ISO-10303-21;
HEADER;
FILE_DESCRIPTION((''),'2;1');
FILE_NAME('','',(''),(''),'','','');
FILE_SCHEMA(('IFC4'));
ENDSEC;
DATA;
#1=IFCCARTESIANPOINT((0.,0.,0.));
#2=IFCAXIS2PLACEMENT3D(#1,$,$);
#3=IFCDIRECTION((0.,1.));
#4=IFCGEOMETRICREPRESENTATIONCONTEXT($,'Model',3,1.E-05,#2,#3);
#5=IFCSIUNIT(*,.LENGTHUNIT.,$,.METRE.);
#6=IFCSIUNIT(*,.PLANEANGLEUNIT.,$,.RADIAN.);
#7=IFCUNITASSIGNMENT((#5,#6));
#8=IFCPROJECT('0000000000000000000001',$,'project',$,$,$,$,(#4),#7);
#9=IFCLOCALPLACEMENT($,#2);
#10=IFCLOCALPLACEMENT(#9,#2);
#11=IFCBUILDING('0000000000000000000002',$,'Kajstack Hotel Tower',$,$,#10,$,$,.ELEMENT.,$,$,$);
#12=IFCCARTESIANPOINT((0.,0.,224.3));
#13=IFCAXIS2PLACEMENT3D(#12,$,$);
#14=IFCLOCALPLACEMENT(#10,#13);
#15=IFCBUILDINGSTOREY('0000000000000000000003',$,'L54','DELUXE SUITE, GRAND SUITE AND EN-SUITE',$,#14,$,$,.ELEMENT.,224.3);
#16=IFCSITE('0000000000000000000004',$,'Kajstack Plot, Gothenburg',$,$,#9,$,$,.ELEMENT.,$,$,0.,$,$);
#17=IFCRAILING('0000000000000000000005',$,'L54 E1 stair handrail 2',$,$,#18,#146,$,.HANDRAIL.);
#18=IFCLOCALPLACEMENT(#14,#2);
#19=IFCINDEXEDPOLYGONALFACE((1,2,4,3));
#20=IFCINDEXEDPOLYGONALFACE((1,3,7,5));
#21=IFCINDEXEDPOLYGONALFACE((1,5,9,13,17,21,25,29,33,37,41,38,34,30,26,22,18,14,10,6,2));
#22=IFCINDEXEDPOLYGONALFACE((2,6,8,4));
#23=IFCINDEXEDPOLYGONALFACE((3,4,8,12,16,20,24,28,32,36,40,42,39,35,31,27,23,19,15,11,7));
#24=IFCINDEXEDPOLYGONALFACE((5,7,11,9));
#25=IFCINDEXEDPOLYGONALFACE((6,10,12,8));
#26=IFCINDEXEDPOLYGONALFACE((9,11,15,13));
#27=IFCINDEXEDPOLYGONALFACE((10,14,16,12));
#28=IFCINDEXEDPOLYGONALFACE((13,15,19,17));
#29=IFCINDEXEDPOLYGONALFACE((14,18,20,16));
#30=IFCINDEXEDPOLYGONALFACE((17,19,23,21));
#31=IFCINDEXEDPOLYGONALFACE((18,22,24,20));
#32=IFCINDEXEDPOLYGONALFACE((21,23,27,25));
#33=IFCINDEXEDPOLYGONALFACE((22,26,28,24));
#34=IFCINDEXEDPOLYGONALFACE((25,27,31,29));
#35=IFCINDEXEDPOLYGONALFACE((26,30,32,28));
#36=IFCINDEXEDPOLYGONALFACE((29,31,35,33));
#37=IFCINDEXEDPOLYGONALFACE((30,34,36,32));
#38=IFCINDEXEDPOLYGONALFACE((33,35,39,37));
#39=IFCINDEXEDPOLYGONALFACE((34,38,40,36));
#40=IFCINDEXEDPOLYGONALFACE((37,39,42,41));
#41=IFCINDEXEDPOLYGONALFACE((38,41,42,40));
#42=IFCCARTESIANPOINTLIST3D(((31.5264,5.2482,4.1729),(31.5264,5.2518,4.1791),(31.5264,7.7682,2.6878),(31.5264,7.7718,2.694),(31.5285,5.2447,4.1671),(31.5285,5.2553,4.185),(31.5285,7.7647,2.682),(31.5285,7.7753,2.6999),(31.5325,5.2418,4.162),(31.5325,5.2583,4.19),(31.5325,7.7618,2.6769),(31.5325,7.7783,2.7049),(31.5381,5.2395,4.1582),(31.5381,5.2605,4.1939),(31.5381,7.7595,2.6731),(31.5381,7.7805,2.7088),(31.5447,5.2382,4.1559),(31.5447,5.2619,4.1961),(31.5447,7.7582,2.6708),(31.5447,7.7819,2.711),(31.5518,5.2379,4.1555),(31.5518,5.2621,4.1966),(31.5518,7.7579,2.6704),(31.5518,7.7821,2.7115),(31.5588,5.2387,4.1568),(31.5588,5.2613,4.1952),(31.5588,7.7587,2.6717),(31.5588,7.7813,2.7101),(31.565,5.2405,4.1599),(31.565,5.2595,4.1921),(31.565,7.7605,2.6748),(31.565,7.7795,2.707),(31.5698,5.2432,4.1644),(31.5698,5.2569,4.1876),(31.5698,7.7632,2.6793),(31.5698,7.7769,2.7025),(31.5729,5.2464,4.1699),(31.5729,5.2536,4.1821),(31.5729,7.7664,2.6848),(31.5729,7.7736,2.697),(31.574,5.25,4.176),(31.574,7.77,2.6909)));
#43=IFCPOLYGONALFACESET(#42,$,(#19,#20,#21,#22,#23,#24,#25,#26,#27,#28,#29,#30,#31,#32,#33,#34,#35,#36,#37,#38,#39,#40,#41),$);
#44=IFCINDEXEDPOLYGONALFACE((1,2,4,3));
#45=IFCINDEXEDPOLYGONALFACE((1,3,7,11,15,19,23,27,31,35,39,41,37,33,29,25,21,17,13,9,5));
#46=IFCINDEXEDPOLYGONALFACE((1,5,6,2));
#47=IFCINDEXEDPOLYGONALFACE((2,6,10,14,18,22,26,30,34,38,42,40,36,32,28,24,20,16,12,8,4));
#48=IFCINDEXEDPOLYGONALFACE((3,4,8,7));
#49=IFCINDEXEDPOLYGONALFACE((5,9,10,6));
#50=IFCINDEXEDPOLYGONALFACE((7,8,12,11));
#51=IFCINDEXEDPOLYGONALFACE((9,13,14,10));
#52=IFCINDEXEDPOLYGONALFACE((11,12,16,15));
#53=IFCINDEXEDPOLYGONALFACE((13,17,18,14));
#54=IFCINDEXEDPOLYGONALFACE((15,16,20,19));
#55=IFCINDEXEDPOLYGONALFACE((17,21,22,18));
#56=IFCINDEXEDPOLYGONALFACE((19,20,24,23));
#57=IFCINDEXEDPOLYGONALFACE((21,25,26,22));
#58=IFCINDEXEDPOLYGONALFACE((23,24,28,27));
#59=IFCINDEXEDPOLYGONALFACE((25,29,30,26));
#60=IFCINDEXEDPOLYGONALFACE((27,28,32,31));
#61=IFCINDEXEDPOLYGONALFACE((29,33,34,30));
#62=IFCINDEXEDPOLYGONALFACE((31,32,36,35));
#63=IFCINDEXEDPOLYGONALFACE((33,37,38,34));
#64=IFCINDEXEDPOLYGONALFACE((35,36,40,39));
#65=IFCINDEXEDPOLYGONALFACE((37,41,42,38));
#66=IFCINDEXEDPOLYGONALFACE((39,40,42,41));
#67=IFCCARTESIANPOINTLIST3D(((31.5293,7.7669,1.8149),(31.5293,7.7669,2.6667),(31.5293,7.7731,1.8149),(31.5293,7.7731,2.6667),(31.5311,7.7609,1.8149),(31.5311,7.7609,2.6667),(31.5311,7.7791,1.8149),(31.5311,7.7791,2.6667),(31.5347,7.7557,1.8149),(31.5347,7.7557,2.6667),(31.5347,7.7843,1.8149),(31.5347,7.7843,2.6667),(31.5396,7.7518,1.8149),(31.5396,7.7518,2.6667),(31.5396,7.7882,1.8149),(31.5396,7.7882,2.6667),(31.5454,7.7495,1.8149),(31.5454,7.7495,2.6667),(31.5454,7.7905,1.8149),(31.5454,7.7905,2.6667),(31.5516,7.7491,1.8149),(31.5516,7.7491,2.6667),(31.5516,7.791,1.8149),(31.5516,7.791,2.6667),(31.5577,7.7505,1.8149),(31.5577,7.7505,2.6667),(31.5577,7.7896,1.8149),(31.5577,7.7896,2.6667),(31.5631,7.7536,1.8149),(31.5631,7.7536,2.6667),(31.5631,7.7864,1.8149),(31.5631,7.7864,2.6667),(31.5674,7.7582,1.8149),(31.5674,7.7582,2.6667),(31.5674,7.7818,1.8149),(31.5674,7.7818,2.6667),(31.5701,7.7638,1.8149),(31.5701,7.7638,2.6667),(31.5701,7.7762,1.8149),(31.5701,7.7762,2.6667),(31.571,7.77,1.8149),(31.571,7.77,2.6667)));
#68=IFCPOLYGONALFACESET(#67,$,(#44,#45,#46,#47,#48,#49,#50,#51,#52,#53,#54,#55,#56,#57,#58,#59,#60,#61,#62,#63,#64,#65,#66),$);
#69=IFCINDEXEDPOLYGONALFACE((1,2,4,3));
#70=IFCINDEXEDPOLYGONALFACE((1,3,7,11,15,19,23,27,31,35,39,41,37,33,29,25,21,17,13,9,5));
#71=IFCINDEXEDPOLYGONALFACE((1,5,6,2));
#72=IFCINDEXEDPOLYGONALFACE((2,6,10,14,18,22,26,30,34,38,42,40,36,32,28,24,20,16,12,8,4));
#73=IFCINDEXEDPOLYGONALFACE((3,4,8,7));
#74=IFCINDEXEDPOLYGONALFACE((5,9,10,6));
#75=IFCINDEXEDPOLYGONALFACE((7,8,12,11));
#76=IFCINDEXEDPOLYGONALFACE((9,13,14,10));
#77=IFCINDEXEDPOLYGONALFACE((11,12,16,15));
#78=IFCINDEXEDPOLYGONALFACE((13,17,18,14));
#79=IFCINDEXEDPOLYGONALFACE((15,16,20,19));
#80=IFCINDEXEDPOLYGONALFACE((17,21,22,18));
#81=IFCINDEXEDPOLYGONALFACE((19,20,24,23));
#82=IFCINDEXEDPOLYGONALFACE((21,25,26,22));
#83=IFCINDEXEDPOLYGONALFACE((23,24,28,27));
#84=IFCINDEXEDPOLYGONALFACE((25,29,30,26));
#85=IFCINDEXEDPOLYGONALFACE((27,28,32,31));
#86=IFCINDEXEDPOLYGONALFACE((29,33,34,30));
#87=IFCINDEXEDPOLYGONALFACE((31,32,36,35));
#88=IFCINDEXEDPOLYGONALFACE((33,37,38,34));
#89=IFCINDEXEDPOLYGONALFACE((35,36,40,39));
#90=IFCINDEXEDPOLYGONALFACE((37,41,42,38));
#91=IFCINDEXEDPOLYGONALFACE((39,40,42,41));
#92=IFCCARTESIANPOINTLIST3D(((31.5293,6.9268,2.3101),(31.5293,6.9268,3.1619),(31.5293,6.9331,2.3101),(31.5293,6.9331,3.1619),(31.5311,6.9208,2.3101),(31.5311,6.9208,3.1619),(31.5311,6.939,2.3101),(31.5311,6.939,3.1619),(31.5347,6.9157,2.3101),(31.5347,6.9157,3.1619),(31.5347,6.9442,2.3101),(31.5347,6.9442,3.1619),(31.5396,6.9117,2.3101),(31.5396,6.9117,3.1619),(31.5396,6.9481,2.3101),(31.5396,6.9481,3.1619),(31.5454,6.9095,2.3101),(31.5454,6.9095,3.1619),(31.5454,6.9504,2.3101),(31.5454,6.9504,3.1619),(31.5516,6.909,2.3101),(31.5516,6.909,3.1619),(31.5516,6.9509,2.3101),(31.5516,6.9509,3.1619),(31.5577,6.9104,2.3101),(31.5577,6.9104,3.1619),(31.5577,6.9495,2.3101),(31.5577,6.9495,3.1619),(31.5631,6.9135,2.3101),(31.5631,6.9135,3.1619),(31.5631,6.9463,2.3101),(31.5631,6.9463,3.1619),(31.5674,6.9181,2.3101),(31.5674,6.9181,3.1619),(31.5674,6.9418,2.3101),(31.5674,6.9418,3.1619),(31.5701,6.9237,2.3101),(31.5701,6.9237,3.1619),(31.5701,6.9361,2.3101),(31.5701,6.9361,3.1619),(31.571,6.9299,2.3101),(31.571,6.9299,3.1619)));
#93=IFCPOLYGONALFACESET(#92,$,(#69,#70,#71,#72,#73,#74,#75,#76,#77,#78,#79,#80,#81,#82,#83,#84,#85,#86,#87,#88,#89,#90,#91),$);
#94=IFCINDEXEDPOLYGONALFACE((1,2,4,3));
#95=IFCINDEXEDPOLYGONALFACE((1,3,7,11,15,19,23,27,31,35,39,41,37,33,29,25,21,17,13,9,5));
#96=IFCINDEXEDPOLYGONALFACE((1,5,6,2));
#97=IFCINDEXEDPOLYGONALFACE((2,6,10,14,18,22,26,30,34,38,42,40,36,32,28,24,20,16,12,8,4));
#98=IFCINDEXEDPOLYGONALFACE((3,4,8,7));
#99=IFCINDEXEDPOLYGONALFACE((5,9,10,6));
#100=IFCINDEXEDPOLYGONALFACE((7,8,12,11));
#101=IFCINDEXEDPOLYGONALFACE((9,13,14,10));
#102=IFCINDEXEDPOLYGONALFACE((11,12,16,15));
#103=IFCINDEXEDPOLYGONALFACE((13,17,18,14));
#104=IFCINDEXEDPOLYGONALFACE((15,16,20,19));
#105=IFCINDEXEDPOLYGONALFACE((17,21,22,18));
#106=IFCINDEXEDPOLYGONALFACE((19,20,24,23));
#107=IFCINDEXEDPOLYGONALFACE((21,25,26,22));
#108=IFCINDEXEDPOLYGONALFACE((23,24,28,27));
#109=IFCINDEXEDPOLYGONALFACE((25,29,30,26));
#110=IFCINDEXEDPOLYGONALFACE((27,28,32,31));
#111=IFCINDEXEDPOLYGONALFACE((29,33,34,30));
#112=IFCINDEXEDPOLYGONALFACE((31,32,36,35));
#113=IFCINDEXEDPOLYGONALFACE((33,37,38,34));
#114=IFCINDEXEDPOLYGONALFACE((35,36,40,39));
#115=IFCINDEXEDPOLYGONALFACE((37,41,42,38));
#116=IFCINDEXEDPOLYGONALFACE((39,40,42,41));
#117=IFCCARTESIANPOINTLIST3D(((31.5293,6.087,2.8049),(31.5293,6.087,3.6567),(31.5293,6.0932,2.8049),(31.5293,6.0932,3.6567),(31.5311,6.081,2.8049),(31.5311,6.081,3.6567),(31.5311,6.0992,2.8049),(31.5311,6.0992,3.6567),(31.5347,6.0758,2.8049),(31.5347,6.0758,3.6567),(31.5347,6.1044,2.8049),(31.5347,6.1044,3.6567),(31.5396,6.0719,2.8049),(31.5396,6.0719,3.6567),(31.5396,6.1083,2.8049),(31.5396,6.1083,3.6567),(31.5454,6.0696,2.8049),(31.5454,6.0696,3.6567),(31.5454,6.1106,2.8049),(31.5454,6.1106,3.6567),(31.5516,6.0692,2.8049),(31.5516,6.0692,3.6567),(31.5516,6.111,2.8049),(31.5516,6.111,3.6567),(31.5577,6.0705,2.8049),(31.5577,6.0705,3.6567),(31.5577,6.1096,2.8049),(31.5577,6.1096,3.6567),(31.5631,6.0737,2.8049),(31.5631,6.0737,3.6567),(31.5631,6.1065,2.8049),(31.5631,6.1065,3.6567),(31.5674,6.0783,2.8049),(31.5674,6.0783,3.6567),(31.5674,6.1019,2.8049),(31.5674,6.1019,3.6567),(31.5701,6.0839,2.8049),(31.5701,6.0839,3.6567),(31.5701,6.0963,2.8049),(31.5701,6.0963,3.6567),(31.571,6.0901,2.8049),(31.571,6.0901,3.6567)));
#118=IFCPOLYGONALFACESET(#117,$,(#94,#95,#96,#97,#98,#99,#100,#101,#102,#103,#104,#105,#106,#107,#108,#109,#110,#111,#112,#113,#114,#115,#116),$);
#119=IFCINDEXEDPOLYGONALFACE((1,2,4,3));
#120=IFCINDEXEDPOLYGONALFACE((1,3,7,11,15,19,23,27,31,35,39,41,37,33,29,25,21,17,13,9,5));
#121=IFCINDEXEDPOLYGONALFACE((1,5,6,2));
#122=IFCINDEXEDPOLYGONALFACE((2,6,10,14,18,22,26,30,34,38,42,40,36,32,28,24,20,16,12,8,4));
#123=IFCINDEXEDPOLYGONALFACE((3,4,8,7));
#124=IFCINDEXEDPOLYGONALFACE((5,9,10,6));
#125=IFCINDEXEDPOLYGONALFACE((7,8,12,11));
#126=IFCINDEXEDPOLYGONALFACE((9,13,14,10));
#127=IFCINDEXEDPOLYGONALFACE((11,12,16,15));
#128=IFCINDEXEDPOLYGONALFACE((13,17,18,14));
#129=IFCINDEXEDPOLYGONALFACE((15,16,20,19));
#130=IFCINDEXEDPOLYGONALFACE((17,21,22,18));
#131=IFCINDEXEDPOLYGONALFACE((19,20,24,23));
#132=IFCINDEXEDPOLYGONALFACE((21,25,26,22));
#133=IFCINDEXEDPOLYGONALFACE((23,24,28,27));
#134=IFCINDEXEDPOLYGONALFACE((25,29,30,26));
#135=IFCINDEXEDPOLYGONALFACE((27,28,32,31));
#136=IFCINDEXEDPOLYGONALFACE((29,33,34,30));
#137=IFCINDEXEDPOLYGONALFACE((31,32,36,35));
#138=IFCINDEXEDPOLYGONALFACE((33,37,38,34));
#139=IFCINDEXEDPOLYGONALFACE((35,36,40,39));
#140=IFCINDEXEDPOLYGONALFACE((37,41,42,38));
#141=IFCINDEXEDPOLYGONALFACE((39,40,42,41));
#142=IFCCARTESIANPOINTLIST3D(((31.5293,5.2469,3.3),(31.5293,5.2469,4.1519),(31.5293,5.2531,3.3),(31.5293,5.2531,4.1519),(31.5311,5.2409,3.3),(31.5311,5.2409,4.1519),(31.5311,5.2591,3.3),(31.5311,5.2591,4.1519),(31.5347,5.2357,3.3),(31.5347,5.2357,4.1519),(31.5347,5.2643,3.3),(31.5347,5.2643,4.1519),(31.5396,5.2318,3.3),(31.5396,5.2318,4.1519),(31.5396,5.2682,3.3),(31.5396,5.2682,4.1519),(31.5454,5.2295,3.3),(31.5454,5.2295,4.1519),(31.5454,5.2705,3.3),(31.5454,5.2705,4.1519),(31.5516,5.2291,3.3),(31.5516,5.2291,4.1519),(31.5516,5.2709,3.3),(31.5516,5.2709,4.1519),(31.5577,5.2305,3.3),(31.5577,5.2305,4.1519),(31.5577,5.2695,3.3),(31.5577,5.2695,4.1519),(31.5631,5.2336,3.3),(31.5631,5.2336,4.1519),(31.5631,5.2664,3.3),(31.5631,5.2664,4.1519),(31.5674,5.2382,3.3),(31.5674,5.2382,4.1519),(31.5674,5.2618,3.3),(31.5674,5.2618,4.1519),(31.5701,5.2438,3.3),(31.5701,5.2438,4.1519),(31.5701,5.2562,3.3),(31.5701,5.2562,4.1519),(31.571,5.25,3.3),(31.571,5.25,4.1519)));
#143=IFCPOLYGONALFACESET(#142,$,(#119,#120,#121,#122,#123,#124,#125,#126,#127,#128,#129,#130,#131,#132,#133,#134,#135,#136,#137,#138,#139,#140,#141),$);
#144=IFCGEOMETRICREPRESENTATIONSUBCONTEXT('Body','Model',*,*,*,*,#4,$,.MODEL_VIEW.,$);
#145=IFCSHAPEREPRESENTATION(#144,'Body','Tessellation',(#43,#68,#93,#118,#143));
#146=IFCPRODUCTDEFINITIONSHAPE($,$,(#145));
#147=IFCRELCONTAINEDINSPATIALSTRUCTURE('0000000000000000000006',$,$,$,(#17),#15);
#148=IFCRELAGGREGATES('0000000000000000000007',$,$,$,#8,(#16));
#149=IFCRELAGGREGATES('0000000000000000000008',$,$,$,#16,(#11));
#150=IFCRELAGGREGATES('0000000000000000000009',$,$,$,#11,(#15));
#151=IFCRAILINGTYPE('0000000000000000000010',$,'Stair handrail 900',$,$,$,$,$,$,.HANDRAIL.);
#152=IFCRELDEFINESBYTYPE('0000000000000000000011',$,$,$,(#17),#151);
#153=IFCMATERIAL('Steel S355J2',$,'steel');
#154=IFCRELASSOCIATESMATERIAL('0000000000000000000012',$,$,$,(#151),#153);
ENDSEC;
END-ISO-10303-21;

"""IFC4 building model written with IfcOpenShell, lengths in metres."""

from ifc_helpers import new_model, si_unit, direction, frame, origin, origin_2d, place, context, subcontext, project, spatial, circle, extrude, material, type_object, element, save


model = new_model("IFC4")

# Units and contexts
model_context = context("Model", 3, precision=1e-05, world=origin(), true_north=direction((0.0, 1.0)))
body_context = subcontext(model_context, "Body", "Model", "MODEL_VIEW")
ifc_project = project(units=[si_unit("LENGTHUNIT", "METRE"), si_unit("PLANEANGLEUNIT", "RADIAN")], contexts=[model_context])

# Site, building, storey
site_placement = place(None, origin())
site = spatial("IfcSite", under=ifc_project, at=site_placement, Name="Kajstack Plot, Gothenburg", CompositionType="ELEMENT", RefElevation=0.0)
building_placement = place(site_placement, origin())
building = spatial("IfcBuilding", under=site, at=building_placement, Name="Kajstack Hotel Tower", CompositionType="ELEMENT")
storey_placement = place(building_placement, frame((0.0, 0.0, 224.3)))
storey = spatial("IfcBuildingStorey", under=building, at=storey_placement, Name="L54", Description="DELUXE SUITE, GRAND SUITE AND EN-SUITE", CompositionType="ELEMENT", Elevation=224.3)

# Railing
ifc_material_1 = material(Name="Steel S355J2", Category="steel")
railing_type_1 = type_object("IfcRailingType", Name="Stair handrail 900", PredefinedType="HANDRAIL", material=ifc_material_1)
railing_1_placement = place(storey_placement, frame((31.55, 7.77, 1.8149)))
element("IfcRailing", 1, at=railing_1_placement, inside=storey, type_object=railing_type_1, Name="L54 E1 stair handrail 2", PredefinedType="HANDRAIL", context=body_context, shape_type="SweptSolid", body=[
    extrude(circle(Radius=0.0239, at=origin_2d()), frame((0.0, 0.0, 0.876), z_axis=(0.0, -0.861524, 0.507717), x_axis=(1.0, 0.0, 0.0)), (0.0, 0.0, 1.0), 2.925),
    extrude(circle(Radius=0.021, at=origin_2d()), origin(), (0.0, 0.0, 1.0), 0.8518),
    extrude(circle(Radius=0.021, at=origin_2d()), frame((0.0, -0.8401, 0.4951)), (0.0, 0.0, 1.0), 0.8518),
    extrude(circle(Radius=0.021, at=origin_2d()), frame((0.0, -1.6799, 0.99)), (0.0, 0.0, 1.0), 0.8518),
    extrude(circle(Radius=0.021, at=origin_2d()), frame((0.0, -2.52, 1.4851)), (0.0, 0.0, 1.0), 0.8518),
])

save(model, "model.ifc")
